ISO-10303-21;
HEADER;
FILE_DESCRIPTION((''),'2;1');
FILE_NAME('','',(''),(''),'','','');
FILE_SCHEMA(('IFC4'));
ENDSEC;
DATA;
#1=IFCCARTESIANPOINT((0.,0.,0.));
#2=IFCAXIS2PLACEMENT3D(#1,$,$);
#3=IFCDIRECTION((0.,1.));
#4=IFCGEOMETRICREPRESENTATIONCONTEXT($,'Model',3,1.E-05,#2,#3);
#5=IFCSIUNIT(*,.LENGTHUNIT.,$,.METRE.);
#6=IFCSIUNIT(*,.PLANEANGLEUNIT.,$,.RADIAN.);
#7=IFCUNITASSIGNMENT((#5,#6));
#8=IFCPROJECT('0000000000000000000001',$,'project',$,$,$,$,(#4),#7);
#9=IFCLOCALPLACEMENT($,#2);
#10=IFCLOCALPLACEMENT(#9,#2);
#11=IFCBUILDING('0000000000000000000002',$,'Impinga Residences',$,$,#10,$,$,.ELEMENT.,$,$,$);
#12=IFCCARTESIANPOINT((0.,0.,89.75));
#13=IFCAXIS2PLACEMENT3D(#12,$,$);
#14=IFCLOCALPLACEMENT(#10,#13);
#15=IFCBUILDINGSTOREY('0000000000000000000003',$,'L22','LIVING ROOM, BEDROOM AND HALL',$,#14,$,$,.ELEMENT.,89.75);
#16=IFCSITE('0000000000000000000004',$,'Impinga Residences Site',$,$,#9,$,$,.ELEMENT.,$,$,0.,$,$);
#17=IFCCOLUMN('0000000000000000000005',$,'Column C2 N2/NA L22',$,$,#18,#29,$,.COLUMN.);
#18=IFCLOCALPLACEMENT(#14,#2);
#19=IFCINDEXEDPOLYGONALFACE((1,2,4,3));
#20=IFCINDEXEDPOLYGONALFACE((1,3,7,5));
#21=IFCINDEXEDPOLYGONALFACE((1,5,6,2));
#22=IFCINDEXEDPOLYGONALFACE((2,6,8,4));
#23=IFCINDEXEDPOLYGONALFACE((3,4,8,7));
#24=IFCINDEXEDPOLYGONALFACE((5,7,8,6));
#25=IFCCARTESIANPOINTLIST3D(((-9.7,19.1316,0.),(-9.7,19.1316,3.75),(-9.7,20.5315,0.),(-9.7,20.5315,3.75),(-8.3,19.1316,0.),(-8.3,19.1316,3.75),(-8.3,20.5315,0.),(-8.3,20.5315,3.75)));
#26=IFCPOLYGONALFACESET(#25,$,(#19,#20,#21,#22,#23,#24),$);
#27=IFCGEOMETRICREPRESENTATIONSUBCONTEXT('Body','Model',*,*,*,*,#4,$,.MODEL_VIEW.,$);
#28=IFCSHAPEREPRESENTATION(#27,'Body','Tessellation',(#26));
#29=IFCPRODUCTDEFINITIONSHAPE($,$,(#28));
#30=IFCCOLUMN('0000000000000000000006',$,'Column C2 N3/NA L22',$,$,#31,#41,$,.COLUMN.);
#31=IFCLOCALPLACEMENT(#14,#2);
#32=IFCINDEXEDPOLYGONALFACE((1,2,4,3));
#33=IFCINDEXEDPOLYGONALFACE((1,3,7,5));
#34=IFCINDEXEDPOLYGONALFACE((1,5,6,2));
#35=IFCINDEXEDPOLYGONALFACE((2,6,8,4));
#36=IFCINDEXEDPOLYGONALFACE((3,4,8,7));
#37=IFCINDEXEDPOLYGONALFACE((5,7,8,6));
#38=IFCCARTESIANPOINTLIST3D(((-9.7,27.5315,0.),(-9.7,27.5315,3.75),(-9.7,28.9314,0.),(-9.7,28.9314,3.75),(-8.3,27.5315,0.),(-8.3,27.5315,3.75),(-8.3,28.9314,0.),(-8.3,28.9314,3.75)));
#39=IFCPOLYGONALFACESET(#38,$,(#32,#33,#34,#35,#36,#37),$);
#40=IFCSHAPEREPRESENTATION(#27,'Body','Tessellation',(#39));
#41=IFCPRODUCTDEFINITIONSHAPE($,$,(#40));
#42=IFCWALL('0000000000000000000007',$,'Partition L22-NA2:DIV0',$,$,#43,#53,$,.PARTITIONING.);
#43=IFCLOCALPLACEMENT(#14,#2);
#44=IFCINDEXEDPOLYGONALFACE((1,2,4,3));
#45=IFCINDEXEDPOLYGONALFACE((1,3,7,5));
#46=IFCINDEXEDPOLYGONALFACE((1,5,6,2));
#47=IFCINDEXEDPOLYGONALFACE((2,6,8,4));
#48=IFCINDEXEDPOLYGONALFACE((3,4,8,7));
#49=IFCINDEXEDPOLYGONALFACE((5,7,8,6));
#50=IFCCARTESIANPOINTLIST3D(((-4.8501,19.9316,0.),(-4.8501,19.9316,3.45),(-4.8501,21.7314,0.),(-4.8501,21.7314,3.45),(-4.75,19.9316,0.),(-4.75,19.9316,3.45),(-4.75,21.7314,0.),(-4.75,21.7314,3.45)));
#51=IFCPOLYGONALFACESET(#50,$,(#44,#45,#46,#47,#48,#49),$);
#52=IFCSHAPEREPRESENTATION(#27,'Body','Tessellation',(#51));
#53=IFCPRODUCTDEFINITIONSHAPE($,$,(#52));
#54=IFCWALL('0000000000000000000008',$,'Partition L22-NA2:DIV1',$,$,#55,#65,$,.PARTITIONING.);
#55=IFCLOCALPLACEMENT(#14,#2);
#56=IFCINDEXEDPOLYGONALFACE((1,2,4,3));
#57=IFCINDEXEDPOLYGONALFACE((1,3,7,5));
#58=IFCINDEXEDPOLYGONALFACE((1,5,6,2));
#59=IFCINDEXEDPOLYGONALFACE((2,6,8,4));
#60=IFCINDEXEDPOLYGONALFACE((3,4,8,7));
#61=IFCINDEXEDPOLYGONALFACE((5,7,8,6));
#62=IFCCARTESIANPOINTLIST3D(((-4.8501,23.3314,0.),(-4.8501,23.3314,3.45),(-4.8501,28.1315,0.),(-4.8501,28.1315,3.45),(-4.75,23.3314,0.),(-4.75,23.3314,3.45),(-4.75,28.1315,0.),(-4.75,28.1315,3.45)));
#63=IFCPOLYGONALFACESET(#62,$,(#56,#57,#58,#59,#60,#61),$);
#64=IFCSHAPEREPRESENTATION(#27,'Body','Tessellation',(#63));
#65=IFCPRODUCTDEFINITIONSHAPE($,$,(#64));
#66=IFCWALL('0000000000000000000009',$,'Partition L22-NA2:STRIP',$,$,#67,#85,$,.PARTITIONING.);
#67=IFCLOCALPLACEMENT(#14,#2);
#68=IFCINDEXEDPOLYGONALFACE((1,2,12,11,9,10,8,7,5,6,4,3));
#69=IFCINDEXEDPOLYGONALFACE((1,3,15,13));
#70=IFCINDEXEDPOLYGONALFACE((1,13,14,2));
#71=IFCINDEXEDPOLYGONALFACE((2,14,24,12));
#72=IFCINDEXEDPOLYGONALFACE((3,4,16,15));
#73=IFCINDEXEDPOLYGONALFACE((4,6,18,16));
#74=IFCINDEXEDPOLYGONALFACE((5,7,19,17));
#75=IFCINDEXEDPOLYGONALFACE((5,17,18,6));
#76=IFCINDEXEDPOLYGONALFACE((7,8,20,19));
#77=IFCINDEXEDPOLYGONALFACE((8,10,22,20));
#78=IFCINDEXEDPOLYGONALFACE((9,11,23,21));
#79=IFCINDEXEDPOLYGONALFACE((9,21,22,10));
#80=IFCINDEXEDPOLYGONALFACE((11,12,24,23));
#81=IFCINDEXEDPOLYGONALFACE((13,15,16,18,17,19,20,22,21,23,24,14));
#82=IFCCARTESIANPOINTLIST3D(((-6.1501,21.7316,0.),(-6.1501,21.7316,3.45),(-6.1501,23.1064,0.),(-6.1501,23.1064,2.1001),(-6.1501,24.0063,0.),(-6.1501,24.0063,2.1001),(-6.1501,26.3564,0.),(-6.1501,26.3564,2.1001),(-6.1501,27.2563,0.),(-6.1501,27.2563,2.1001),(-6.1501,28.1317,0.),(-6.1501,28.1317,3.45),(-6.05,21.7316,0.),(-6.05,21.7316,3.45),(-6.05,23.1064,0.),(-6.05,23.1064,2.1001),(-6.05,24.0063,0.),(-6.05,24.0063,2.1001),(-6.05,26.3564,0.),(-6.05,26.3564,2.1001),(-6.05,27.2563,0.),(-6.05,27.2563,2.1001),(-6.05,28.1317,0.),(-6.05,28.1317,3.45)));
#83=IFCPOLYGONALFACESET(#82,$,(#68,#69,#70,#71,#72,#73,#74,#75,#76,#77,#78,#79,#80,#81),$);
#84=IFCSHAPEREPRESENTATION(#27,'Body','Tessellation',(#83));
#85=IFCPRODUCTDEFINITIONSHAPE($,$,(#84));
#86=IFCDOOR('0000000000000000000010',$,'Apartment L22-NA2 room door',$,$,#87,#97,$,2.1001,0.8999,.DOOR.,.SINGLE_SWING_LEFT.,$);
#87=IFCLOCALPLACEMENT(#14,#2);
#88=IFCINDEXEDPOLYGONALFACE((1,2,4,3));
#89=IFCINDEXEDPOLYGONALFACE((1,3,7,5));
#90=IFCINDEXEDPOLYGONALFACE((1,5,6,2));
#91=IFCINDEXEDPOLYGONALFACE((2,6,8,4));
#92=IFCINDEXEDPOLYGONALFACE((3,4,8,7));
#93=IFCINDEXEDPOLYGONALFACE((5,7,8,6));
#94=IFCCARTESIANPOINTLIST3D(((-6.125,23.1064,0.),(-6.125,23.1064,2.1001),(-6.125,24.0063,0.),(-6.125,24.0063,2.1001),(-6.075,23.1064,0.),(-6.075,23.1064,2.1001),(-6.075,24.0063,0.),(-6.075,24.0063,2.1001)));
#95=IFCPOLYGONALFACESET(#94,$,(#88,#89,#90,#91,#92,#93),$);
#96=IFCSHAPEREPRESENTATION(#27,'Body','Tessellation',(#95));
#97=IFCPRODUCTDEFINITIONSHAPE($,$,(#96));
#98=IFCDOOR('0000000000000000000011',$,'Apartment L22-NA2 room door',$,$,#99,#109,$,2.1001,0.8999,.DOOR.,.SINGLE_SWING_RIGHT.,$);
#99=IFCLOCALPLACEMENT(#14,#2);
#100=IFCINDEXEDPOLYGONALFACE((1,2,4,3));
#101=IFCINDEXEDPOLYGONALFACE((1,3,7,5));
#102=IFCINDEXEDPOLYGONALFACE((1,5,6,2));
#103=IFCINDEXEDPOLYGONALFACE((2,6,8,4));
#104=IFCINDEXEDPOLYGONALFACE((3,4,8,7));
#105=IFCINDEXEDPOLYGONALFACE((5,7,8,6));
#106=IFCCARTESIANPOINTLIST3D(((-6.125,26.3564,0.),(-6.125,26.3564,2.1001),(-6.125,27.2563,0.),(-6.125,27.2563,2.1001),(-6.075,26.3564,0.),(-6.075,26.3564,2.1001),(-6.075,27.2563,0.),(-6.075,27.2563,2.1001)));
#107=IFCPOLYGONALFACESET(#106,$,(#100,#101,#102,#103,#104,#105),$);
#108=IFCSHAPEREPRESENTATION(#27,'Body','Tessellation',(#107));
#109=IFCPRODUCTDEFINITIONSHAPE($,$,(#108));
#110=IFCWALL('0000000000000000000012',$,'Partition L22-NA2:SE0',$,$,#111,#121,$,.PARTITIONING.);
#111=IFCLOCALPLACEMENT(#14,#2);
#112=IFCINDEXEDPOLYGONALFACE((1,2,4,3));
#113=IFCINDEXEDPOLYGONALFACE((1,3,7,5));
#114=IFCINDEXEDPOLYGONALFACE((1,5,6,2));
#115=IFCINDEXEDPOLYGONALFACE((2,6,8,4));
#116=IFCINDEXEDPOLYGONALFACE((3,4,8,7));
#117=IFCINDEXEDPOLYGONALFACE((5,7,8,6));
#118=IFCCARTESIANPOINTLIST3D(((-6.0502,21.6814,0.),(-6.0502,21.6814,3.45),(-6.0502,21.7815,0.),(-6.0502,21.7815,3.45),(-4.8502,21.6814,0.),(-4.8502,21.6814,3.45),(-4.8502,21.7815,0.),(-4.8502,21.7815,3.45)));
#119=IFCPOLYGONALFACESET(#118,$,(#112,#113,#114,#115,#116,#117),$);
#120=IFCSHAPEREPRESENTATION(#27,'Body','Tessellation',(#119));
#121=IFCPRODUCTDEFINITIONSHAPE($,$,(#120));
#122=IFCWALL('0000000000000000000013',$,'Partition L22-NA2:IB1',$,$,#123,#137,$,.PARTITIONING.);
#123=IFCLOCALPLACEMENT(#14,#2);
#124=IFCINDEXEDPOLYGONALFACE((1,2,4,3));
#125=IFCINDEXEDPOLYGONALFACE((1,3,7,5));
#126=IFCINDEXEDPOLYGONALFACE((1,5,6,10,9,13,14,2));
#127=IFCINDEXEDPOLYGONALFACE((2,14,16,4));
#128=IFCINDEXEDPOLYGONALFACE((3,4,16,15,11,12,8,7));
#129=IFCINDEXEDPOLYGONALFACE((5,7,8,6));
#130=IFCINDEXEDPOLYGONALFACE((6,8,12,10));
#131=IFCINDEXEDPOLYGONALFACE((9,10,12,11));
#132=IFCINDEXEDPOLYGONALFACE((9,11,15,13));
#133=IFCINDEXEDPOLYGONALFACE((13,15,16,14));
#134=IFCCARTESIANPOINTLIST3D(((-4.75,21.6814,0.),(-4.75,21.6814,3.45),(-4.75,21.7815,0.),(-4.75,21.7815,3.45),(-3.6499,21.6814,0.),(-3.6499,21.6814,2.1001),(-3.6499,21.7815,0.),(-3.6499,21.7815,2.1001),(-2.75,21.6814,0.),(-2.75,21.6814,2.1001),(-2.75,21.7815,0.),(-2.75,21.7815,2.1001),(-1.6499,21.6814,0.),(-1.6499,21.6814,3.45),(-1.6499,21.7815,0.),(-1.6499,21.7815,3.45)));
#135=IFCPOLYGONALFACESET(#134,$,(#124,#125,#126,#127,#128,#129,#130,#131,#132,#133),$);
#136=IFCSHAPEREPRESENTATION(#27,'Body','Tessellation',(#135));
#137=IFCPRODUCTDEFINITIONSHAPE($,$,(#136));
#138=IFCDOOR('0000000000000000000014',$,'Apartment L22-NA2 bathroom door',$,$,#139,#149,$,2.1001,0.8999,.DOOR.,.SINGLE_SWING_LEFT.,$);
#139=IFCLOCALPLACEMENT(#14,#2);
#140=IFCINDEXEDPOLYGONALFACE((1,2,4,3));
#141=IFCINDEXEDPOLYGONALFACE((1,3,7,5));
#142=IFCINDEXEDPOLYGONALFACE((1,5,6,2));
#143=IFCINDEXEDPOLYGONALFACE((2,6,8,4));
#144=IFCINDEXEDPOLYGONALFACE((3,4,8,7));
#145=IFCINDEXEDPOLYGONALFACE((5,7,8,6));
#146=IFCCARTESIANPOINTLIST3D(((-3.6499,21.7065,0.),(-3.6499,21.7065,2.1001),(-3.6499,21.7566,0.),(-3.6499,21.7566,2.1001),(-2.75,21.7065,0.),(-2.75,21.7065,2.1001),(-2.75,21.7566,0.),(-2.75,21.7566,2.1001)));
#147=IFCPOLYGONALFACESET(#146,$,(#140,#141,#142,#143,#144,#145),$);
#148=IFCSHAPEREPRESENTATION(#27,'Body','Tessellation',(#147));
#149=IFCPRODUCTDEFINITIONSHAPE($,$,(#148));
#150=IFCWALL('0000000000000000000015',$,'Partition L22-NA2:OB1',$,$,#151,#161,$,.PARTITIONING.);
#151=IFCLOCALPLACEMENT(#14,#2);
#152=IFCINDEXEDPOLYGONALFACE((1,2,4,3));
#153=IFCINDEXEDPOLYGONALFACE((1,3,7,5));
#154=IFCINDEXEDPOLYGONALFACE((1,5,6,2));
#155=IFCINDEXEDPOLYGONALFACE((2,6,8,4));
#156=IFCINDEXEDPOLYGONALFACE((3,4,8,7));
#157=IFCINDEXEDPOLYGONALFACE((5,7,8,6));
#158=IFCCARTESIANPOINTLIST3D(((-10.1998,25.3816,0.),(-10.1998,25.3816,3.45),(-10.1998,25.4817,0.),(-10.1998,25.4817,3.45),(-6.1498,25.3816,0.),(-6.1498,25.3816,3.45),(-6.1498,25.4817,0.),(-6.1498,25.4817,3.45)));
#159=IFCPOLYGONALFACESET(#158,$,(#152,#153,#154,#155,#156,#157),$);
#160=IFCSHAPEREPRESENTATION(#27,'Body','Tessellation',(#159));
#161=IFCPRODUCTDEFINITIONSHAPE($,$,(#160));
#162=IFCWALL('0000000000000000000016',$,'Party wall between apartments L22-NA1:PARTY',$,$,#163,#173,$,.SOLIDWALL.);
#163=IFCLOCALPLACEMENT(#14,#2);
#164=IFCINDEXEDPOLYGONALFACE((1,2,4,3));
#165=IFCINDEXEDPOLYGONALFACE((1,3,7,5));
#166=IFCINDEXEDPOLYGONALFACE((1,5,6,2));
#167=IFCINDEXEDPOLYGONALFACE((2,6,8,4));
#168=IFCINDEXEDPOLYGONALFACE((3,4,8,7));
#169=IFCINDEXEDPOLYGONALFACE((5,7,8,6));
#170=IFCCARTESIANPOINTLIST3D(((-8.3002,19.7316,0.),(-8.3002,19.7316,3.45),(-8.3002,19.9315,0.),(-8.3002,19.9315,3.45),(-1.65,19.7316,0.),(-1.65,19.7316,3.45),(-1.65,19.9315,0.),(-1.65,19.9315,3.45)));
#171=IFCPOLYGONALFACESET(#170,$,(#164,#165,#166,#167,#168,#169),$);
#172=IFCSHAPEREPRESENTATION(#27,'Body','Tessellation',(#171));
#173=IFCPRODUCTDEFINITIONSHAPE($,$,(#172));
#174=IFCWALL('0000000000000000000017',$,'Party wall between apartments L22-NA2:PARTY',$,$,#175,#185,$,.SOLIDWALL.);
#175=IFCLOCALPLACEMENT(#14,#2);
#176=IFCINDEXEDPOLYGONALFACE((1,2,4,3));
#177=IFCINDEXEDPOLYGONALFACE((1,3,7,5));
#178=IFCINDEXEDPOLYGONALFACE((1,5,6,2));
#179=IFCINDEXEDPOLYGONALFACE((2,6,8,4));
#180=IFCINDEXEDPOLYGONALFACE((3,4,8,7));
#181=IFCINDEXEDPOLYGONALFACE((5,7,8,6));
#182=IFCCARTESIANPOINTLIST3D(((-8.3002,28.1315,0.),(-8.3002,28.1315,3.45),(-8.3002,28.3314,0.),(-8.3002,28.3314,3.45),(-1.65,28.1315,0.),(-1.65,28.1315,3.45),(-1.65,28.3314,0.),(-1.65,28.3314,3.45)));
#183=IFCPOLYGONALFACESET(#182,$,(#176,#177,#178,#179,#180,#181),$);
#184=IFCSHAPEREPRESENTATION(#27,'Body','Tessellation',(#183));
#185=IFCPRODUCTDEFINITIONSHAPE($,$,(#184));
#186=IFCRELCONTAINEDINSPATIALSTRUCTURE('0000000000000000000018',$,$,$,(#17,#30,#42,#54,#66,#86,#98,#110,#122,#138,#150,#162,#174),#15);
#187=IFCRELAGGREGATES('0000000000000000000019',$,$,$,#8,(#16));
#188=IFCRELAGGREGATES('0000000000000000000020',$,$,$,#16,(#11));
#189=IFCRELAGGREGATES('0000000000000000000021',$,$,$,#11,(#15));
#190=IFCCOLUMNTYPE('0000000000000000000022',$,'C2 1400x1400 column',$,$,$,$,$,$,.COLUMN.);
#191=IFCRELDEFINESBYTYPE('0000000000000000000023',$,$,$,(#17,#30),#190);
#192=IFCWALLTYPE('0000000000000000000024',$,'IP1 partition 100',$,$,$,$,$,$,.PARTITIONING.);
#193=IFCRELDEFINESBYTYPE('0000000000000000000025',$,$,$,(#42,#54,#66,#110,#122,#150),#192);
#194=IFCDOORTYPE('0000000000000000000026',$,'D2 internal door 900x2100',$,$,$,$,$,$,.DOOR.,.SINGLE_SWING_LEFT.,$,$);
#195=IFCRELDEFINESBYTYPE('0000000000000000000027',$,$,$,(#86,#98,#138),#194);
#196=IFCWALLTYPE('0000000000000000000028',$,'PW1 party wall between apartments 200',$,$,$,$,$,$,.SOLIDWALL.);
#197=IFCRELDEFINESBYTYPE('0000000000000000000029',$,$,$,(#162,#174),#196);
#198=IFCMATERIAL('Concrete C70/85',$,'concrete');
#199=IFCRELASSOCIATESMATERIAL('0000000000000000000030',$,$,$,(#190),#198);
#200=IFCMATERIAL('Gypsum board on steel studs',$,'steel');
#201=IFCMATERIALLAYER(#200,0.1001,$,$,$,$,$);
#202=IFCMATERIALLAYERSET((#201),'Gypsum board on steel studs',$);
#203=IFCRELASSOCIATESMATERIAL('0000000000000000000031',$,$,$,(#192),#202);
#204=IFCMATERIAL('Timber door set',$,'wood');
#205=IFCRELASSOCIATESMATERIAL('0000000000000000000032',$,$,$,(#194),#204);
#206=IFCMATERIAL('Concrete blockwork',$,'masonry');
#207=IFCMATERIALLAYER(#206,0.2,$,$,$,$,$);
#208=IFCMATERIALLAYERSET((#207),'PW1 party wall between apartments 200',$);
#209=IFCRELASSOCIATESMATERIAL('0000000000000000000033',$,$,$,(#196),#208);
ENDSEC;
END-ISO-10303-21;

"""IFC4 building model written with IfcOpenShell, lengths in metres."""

from ifc_helpers import new_model, si_unit, direction, frame, frame_2d, origin, origin_2d, place, context, subcontext, project, spatial, rectangle, extrude, material, layer, layer_set, material_profile, profile_set, type_object, element, fill, save


model = new_model("IFC4")

# Units and contexts
model_context = context("Model", 3, precision=1e-05, world=origin(), true_north=direction((0.0, 1.0)))
body_context = subcontext(model_context, "Body", "Model", "MODEL_VIEW")
ifc_project = project(units=[si_unit("LENGTHUNIT", "METRE"), si_unit("PLANEANGLEUNIT", "RADIAN")], contexts=[model_context])

# Site, building, storey
site_placement = place(None, origin())
site = spatial("IfcSite", under=ifc_project, at=site_placement, Name="Impinga Residences Site", CompositionType="ELEMENT", RefElevation=0.0)
building_placement = place(site_placement, origin())
building = spatial("IfcBuilding", under=site, at=building_placement, Name="Impinga Residences", CompositionType="ELEMENT")
storey_placement = place(building_placement, frame((0.0, 0.0, 89.75)))
storey = spatial("IfcBuildingStorey", under=building, at=storey_placement, Name="L22", Description="LIVING ROOM, BEDROOM AND HALL", CompositionType="ELEMENT", Elevation=89.75)

# Columns
ifc_material_1 = material(Name="Concrete C70/85", Category="concrete")
ifc_material_profile = material_profile(ifc_material_1, rectangle(XDim=1.3999, YDim=1.3999, at=origin_2d()), Name="RC 1400x1400")
ifc_profile_set = profile_set([ifc_material_profile], Name="Concrete C70/85")
column_type = type_object("IfcColumnType", Name="C2 1400x1400 column", PredefinedType="COLUMN", material=ifc_profile_set)
for number, where, z_axis, x_axis, name in (
    (1, (-9.0, 19.8315, 0.0), (0.0, 0.0, 1.0), (1.0, 0.0, 0.0), "Column C2 N2/NA L22"),
    (2, (-9.0, 28.2314, 0.0), (0.0, 0.0, 1.0), (1.0, 0.0, 0.0), "Column C2 N3/NA L22"),
):
    element("IfcColumn", number, at=place(storey_placement, frame(where, z_axis=z_axis, x_axis=x_axis)), inside=storey, type_object=column_type, Name=name, PredefinedType="COLUMN", context=body_context, shape_type="SweptSolid", body=[
        extrude(rectangle(XDim=1.3999, YDim=1.3999, at=origin_2d()), origin(), (0.0, 0.0, 1.0), 3.75),
    ])

# Walls
ifc_material_2 = material(Name="Gypsum board on steel studs", Category="steel")
ifc_layer_1 = layer(ifc_material_2, 0.1001)
ifc_layer_set_1 = layer_set([ifc_layer_1], Name="Gypsum board on steel studs")
wall_type_1 = type_object("IfcWallType", Name="IP1 partition 100", PredefinedType="PARTITIONING", material=ifc_layer_set_1)
wall_1_placement = place(storey_placement, frame((-4.8, 19.9316, 0.0), z_axis=(0.0, 0.0, 1.0), x_axis=(0.0, 1.0, 0.0)))
element("IfcWall", 3, at=wall_1_placement, inside=storey, type_object=wall_type_1, Name="Partition L22-NA2:DIV0", PredefinedType="PARTITIONING", context=body_context, shape_type="SweptSolid", body=[
    extrude(rectangle(XDim=1.7998, YDim=0.1001, at=frame_2d((0.8999, 0.0))), origin(), (0.0, 0.0, 1.0), 3.45),
])
wall_2_placement = place(storey_placement, frame((-4.8, 23.3315, 0.0), z_axis=(0.0, 0.0, 1.0), x_axis=(0.0, 1.0, 0.0)))
element("IfcWall", 4, at=wall_2_placement, inside=storey, type_object=wall_type_1, Name="Partition L22-NA2:DIV1", PredefinedType="PARTITIONING", context=body_context, shape_type="SweptSolid", body=[
    extrude(rectangle(XDim=4.8, YDim=0.1001, at=frame_2d((2.3999, 0.0))), origin(), (0.0, 0.0, 1.0), 3.45),
])

# Wall, openings, doors
wall_3_placement = place(storey_placement, frame((-6.1001, 21.7314, 0.0), z_axis=(0.0, 0.0, 1.0), x_axis=(0.0, 1.0, 0.0)))
wall_3 = element("IfcWall", 5, at=wall_3_placement, inside=storey, type_object=wall_type_1, Name="Partition L22-NA2:STRIP", PredefinedType="PARTITIONING", context=body_context, shape_type="SweptSolid", body=[
    extrude(rectangle(XDim=6.4001, YDim=0.1001, at=frame_2d((3.2002, 0.0))), origin(), (0.0, 0.0, 1.0), 3.45),
])
opening_1_placement = place(wall_3_placement, frame((1.375, 0.0, 0.0)))
opening_1 = element("IfcOpeningElement", 6, at=opening_1_placement, cuts=wall_3, PredefinedType="OPENING", context=body_context, shape_type="SweptSolid", body=[
    extrude(rectangle(XDim=0.8999, YDim=2.1001, at=frame_2d((0.45, 1.05))), frame((0.0, 0.0601, 0.0), z_axis=(0.0, -1.0, 0.0), x_axis=(1.0, 0.0, 0.0)), (0.0, 0.0, 1.0), 0.1201),
])
opening_2_placement = place(wall_3_placement, frame((4.625, 0.0, 0.0)))
opening_2 = element("IfcOpeningElement", 7, at=opening_2_placement, cuts=wall_3, PredefinedType="OPENING", context=body_context, shape_type="SweptSolid", body=[
    extrude(rectangle(XDim=0.8999, YDim=2.1001, at=frame_2d((0.45, 1.05))), frame((0.0, 0.0601, 0.0), z_axis=(0.0, -1.0, 0.0), x_axis=(1.0, 0.0, 0.0)), (0.0, 0.0, 1.0), 0.1201),
])
ifc_material_3 = material(Name="Timber door set", Category="wood")
door_type = type_object("IfcDoorType", Name="D2 internal door 900x2100", OperationType="SINGLE_SWING_LEFT", PredefinedType="DOOR", material=ifc_material_3)
door_1_placement = place(opening_1_placement, origin())
door_1 = element("IfcDoor", 8, at=door_1_placement, inside=storey, type_object=door_type, Name="Apartment L22-NA2 room door", OperationType="SINGLE_SWING_LEFT", OverallHeight=2.1001, OverallWidth=0.8999, PredefinedType="DOOR", context=body_context, shape_type="SweptSolid", body=[
    extrude(rectangle(XDim=0.8999, YDim=2.1001, at=frame_2d((0.45, 1.05))), frame((0.0, 0.0249, 0.0), z_axis=(0.0, -1.0, 0.0), x_axis=(1.0, 0.0, 0.0)), (0.0, 0.0, 1.0), 0.05),
])
fill(opening_1, door_1)
door_2_placement = place(opening_2_placement, origin())
door_2 = element("IfcDoor", 9, at=door_2_placement, inside=storey, type_object=door_type, Name="Apartment L22-NA2 room door", OperationType="SINGLE_SWING_RIGHT", OverallHeight=2.1001, OverallWidth=0.8999, PredefinedType="DOOR", context=body_context, shape_type="SweptSolid", body=[
    extrude(rectangle(XDim=0.8999, YDim=2.1001, at=frame_2d((0.45, 1.05))), frame((0.0, 0.0249, 0.0), z_axis=(0.0, -1.0, 0.0), x_axis=(1.0, 0.0, 0.0)), (0.0, 0.0, 1.0), 0.05),
])
fill(opening_2, door_2)

# Wall
wall_4_placement = place(storey_placement, frame((-4.8501, 21.7314, 0.0), z_axis=(0.0, 0.0, 1.0), x_axis=(-1.0, 0.0, 0.0)))
element("IfcWall", 10, at=wall_4_placement, inside=storey, type_object=wall_type_1, Name="Partition L22-NA2:SE0", PredefinedType="PARTITIONING", context=body_context, shape_type="SweptSolid", body=[
    extrude(rectangle(XDim=1.2, YDim=0.1001, at=frame_2d((0.6001, 0.0))), origin(), (0.0, 0.0, 1.0), 3.45),
])

# Wall, opening, door
wall_5_placement = place(storey_placement, frame((-1.6499, 21.7314, 0.0), z_axis=(0.0, 0.0, 1.0), x_axis=(-1.0, 0.0, 0.0)))
wall_5 = element("IfcWall", 11, at=wall_5_placement, inside=storey, type_object=wall_type_1, Name="Partition L22-NA2:IB1", PredefinedType="PARTITIONING", context=body_context, shape_type="SweptSolid", body=[
    extrude(rectangle(XDim=3.1001, YDim=0.1001, at=frame_2d((1.55, 0.0))), origin(), (0.0, 0.0, 1.0), 3.45),
])
opening_3_placement = place(wall_5_placement, frame((1.1001, 0.0, 0.0)))
opening_3 = element("IfcOpeningElement", 12, at=opening_3_placement, cuts=wall_5, PredefinedType="OPENING", context=body_context, shape_type="SweptSolid", body=[
    extrude(rectangle(XDim=0.8999, YDim=2.1001, at=frame_2d((0.45, 1.05))), frame((0.0, 0.0601, 0.0), z_axis=(0.0, -1.0, 0.0), x_axis=(1.0, 0.0, 0.0)), (0.0, 0.0, 1.0), 0.1201),
])
door_3_placement = place(opening_3_placement, origin())
door_3 = element("IfcDoor", 13, at=door_3_placement, inside=storey, type_object=door_type, Name="Apartment L22-NA2 bathroom door", OperationType="SINGLE_SWING_LEFT", OverallHeight=2.1001, OverallWidth=0.8999, PredefinedType="DOOR", context=body_context, shape_type="SweptSolid", body=[
    extrude(rectangle(XDim=0.8999, YDim=2.1001, at=frame_2d((0.45, 1.05))), frame((0.0, 0.0249, 0.0), z_axis=(0.0, -1.0, 0.0), x_axis=(1.0, 0.0, 0.0)), (0.0, 0.0, 1.0), 0.05),
])
fill(opening_3, door_3)

# Walls
wall_6_placement = place(storey_placement, frame((-6.1499, 25.4316, 0.0), z_axis=(0.0, 0.0, 1.0), x_axis=(-1.0, 0.0, 0.0)))
element("IfcWall", 14, at=wall_6_placement, inside=storey, type_object=wall_type_1, Name="Partition L22-NA2:OB1", PredefinedType="PARTITIONING", context=body_context, shape_type="SweptSolid", body=[
    extrude(rectangle(XDim=4.05, YDim=0.1001, at=frame_2d((2.0249, 0.0))), origin(), (0.0, 0.0, 1.0), 3.45),
])
ifc_material_4 = material(Name="Concrete blockwork", Category="masonry")
ifc_layer_2 = layer(ifc_material_4, 0.2)
ifc_layer_set_2 = layer_set([ifc_layer_2], Name="PW1 party wall between apartments 200")
wall_type_2 = type_object("IfcWallType", Name="PW1 party wall between apartments 200", PredefinedType="SOLIDWALL", material=ifc_layer_set_2)
for number, where, z_axis, x_axis, name in (
    (15, (-1.6499, 19.8315, 0.0), (0.0, 0.0, 1.0), (-1.0, 0.0, 0.0), "Party wall between apartments L22-NA1:PARTY"),
    (16, (-1.6499, 28.2314, 0.0), (0.0, 0.0, 1.0), (-1.0, 0.0, 0.0), "Party wall between apartments L22-NA2:PARTY"),
):
    element("IfcWall", number, at=place(storey_placement, frame(where, z_axis=z_axis, x_axis=x_axis)), inside=storey, type_object=wall_type_2, Name=name, PredefinedType="SOLIDWALL", context=body_context, shape_type="SweptSolid", body=[
        extrude(rectangle(XDim=6.6501, YDim=0.2, at=frame_2d((3.3252, 0.0))), origin(), (0.0, 0.0, 1.0), 3.45),
    ])

save(model, "model.ifc")
